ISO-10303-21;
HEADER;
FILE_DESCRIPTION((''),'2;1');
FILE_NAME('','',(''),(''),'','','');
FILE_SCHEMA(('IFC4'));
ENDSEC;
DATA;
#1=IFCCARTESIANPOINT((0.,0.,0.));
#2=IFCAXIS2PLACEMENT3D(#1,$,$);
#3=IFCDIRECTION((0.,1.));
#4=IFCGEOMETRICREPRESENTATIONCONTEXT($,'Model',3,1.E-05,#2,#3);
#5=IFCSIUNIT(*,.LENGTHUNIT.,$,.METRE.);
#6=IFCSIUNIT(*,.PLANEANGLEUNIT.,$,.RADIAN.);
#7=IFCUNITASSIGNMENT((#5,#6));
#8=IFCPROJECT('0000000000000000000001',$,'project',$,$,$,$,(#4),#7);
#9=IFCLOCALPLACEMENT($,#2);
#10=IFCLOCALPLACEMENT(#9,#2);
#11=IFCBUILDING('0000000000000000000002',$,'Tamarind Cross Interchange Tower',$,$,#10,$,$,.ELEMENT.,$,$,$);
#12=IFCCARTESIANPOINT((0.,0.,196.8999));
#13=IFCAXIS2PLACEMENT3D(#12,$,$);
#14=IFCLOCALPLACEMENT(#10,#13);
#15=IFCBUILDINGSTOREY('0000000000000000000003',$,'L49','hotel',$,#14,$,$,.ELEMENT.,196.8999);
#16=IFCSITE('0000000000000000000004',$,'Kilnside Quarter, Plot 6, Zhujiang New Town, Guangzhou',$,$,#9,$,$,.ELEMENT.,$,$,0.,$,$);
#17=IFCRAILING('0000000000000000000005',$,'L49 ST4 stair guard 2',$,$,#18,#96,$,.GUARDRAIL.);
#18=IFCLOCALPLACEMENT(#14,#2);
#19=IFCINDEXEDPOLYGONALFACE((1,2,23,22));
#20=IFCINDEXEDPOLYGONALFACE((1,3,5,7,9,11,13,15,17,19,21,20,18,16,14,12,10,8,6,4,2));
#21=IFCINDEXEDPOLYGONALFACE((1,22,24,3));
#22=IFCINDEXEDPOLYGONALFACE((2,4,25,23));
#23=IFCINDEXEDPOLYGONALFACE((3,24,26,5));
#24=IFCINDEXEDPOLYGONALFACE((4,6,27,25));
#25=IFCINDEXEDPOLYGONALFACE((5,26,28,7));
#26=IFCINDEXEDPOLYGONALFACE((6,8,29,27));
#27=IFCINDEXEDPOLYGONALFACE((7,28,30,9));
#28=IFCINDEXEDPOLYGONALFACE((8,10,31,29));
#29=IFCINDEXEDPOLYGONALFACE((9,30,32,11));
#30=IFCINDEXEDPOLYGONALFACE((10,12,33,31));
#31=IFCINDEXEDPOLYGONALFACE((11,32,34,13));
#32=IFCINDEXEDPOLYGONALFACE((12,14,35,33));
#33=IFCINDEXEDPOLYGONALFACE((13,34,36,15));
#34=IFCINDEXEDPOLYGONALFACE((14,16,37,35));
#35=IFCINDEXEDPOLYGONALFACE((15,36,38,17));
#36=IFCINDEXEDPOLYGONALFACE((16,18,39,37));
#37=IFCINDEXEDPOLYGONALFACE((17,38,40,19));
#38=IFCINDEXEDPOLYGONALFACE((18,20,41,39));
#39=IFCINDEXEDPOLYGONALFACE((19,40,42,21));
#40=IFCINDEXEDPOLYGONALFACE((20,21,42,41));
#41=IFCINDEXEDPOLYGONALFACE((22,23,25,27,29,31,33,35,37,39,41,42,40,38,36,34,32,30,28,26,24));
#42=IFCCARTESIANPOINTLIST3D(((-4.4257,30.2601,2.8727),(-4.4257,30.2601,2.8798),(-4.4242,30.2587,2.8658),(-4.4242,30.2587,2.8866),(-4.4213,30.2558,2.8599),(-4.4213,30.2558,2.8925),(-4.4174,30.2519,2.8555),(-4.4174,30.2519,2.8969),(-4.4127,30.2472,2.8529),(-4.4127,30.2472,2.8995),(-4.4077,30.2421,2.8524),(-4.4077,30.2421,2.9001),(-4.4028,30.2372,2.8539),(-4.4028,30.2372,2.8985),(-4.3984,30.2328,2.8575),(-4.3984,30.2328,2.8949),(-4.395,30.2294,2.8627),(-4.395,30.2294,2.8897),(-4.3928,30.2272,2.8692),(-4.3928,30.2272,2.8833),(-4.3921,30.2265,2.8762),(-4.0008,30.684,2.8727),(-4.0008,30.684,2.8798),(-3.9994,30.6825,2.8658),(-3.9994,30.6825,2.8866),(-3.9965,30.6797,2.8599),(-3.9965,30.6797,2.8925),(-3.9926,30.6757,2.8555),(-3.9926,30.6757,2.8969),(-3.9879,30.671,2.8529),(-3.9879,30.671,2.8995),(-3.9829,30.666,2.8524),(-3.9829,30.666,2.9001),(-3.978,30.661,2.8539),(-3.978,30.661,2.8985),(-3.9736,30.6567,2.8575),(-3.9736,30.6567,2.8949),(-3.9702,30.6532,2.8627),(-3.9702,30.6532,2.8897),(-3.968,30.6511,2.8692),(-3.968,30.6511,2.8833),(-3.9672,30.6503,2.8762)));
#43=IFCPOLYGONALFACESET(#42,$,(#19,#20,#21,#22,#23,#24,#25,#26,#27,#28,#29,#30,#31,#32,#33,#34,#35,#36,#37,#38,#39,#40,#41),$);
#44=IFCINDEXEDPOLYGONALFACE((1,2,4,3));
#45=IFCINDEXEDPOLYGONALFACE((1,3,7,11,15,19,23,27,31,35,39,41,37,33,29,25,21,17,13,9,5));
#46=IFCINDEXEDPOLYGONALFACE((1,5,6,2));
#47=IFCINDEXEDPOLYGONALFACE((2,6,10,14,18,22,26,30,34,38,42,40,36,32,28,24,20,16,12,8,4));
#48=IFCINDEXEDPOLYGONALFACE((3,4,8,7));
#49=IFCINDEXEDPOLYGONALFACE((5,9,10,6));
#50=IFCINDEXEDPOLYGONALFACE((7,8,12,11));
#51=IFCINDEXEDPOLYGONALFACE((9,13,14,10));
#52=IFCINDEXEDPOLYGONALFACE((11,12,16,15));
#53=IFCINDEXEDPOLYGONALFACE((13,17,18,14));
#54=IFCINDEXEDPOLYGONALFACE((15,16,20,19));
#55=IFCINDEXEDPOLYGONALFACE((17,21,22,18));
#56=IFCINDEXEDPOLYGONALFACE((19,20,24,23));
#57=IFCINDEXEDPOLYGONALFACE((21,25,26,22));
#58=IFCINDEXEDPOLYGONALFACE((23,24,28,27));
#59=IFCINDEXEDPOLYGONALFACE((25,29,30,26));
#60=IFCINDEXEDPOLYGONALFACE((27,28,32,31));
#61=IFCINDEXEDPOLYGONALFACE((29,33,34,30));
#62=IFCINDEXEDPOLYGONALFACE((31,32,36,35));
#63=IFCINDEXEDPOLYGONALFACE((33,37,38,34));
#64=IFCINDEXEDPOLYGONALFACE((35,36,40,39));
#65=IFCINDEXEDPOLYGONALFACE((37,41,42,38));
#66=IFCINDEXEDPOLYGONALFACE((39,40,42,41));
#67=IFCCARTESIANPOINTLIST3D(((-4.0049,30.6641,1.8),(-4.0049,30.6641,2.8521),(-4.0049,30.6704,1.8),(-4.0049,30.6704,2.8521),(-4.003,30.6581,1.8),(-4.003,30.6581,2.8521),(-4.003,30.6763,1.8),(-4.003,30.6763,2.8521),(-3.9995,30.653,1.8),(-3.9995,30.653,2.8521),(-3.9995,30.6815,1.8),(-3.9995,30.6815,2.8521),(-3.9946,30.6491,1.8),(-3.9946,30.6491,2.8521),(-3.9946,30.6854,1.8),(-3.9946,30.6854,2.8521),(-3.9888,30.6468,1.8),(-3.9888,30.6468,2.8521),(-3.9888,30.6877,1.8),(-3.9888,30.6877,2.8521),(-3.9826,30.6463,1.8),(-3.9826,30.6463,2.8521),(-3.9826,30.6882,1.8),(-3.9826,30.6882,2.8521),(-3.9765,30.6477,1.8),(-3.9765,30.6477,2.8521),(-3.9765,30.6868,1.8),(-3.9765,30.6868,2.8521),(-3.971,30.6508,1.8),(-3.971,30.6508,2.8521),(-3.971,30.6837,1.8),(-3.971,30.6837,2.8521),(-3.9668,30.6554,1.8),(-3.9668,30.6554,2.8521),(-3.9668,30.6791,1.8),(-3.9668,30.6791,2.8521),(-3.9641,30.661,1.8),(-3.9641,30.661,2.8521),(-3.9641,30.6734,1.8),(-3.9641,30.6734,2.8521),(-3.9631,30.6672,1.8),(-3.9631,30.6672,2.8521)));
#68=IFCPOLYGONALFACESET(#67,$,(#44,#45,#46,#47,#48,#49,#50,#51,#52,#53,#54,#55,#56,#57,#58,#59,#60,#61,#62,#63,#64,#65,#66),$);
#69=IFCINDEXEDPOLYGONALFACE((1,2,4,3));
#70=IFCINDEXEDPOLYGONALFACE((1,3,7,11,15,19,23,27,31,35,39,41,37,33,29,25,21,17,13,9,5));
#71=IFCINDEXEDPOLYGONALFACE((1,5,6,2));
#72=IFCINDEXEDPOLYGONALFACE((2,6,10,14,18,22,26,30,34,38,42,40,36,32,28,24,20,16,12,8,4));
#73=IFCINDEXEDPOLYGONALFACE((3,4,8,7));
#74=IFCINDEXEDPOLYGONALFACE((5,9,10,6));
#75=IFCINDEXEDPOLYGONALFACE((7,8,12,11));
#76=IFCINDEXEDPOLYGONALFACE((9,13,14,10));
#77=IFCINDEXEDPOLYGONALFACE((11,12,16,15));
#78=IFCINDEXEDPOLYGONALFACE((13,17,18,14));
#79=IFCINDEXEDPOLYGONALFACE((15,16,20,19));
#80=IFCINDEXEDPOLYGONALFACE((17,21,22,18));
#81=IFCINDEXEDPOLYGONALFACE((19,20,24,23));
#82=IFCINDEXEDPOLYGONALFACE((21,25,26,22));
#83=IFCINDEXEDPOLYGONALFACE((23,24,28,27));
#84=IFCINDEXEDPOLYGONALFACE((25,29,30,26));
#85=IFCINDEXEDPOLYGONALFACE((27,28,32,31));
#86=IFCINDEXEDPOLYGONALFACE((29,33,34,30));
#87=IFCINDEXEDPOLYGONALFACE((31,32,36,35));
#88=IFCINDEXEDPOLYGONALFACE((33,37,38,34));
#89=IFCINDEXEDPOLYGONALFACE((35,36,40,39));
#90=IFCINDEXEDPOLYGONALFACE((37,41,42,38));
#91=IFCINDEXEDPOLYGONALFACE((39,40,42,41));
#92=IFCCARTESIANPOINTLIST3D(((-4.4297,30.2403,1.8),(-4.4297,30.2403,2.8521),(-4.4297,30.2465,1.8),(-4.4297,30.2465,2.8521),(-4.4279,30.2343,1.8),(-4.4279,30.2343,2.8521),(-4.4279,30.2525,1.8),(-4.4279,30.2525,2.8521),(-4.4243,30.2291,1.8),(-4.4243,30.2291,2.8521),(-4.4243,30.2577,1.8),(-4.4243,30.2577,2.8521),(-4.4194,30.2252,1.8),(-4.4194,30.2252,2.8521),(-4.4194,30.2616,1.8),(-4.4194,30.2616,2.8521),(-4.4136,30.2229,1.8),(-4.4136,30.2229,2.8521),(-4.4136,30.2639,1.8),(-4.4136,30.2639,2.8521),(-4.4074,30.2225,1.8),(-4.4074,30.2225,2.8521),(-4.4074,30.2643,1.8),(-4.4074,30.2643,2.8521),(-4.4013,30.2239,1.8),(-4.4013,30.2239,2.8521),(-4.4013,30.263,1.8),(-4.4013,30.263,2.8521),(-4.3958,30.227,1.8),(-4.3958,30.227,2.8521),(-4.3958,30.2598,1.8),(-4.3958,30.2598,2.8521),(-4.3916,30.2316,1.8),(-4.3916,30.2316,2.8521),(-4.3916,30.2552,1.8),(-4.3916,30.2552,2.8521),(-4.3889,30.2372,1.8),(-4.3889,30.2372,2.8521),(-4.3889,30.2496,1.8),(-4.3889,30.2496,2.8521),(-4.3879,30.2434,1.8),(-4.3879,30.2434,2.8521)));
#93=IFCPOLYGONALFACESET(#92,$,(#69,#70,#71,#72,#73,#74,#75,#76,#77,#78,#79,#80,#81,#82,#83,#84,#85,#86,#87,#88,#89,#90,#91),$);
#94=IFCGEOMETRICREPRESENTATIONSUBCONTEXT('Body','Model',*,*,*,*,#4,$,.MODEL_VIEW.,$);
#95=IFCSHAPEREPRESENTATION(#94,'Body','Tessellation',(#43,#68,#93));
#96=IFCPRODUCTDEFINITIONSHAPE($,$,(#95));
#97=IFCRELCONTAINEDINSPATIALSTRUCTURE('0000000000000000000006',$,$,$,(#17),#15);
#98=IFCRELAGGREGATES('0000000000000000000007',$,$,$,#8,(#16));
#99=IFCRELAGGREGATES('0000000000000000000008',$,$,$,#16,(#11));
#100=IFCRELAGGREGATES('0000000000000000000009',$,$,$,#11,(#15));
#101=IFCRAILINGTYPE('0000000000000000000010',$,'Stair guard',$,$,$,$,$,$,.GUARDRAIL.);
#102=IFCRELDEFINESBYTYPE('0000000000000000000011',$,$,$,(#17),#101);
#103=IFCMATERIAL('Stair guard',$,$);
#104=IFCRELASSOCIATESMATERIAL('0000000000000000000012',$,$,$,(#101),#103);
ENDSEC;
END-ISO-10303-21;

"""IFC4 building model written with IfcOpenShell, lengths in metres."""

from ifc_helpers import new_model, si_unit, direction, frame, origin, origin_2d, place, context, subcontext, project, spatial, circle, extrude, material, type_object, element, save


model = new_model("IFC4")

# Units and contexts
model_context = context("Model", 3, precision=1e-05, world=origin(), true_north=direction((0.0, 1.0)))
body_context = subcontext(model_context, "Body", "Model", "MODEL_VIEW")
ifc_project = project(units=[si_unit("LENGTHUNIT", "METRE"), si_unit("PLANEANGLEUNIT", "RADIAN")], contexts=[model_context])

# Site, building, storey
site_placement = place(None, origin())
site = spatial("IfcSite", under=ifc_project, at=site_placement, Name="Kilnside Quarter, Plot 6, Zhujiang New Town, Guangzhou", CompositionType="ELEMENT", RefElevation=0.0)
building_placement = place(site_placement, origin())
building = spatial("IfcBuilding", under=site, at=building_placement, Name="Tamarind Cross Interchange Tower", CompositionType="ELEMENT")
storey_placement = place(building_placement, frame((0.0, 0.0, 196.8999)))
storey = spatial("IfcBuildingStorey", under=building, at=storey_placement, Name="L49", Description="hotel", CompositionType="ELEMENT", Elevation=196.8999)

# Railing
ifc_material_1 = material(Name="Stair guard")
railing_type_1 = type_object("IfcRailingType", Name="Stair guard", PredefinedType="GUARDRAIL", material=ifc_material_1)
railing_1_placement = place(storey_placement, frame((-3.9841, 30.6672, 1.8)))
element("IfcRailing", 1, at=railing_1_placement, inside=storey, type_object=railing_type_1, Name="L49 ST4 stair guard 2", PredefinedType="GUARDRAIL", context=body_context, shape_type="SweptSolid", body=[
    extrude(circle(Radius=0.0239, at=origin_2d()), frame((0.0, 0.0, 1.0762), z_axis=(-0.70792, -0.706293, 0.0), x_axis=(0.706293, -0.70792, 0.0)), (0.0, 0.0, 1.0), 0.6001),
    extrude(circle(Radius=0.021, at=origin_2d()), origin(), (0.0, 0.0, 1.0), 1.052),
    extrude(circle(Radius=0.021, at=origin_2d()), frame((-0.4248, -0.4238, 0.0)), (0.0, 0.0, 1.0), 1.052),
])

save(model, "model.ifc")
